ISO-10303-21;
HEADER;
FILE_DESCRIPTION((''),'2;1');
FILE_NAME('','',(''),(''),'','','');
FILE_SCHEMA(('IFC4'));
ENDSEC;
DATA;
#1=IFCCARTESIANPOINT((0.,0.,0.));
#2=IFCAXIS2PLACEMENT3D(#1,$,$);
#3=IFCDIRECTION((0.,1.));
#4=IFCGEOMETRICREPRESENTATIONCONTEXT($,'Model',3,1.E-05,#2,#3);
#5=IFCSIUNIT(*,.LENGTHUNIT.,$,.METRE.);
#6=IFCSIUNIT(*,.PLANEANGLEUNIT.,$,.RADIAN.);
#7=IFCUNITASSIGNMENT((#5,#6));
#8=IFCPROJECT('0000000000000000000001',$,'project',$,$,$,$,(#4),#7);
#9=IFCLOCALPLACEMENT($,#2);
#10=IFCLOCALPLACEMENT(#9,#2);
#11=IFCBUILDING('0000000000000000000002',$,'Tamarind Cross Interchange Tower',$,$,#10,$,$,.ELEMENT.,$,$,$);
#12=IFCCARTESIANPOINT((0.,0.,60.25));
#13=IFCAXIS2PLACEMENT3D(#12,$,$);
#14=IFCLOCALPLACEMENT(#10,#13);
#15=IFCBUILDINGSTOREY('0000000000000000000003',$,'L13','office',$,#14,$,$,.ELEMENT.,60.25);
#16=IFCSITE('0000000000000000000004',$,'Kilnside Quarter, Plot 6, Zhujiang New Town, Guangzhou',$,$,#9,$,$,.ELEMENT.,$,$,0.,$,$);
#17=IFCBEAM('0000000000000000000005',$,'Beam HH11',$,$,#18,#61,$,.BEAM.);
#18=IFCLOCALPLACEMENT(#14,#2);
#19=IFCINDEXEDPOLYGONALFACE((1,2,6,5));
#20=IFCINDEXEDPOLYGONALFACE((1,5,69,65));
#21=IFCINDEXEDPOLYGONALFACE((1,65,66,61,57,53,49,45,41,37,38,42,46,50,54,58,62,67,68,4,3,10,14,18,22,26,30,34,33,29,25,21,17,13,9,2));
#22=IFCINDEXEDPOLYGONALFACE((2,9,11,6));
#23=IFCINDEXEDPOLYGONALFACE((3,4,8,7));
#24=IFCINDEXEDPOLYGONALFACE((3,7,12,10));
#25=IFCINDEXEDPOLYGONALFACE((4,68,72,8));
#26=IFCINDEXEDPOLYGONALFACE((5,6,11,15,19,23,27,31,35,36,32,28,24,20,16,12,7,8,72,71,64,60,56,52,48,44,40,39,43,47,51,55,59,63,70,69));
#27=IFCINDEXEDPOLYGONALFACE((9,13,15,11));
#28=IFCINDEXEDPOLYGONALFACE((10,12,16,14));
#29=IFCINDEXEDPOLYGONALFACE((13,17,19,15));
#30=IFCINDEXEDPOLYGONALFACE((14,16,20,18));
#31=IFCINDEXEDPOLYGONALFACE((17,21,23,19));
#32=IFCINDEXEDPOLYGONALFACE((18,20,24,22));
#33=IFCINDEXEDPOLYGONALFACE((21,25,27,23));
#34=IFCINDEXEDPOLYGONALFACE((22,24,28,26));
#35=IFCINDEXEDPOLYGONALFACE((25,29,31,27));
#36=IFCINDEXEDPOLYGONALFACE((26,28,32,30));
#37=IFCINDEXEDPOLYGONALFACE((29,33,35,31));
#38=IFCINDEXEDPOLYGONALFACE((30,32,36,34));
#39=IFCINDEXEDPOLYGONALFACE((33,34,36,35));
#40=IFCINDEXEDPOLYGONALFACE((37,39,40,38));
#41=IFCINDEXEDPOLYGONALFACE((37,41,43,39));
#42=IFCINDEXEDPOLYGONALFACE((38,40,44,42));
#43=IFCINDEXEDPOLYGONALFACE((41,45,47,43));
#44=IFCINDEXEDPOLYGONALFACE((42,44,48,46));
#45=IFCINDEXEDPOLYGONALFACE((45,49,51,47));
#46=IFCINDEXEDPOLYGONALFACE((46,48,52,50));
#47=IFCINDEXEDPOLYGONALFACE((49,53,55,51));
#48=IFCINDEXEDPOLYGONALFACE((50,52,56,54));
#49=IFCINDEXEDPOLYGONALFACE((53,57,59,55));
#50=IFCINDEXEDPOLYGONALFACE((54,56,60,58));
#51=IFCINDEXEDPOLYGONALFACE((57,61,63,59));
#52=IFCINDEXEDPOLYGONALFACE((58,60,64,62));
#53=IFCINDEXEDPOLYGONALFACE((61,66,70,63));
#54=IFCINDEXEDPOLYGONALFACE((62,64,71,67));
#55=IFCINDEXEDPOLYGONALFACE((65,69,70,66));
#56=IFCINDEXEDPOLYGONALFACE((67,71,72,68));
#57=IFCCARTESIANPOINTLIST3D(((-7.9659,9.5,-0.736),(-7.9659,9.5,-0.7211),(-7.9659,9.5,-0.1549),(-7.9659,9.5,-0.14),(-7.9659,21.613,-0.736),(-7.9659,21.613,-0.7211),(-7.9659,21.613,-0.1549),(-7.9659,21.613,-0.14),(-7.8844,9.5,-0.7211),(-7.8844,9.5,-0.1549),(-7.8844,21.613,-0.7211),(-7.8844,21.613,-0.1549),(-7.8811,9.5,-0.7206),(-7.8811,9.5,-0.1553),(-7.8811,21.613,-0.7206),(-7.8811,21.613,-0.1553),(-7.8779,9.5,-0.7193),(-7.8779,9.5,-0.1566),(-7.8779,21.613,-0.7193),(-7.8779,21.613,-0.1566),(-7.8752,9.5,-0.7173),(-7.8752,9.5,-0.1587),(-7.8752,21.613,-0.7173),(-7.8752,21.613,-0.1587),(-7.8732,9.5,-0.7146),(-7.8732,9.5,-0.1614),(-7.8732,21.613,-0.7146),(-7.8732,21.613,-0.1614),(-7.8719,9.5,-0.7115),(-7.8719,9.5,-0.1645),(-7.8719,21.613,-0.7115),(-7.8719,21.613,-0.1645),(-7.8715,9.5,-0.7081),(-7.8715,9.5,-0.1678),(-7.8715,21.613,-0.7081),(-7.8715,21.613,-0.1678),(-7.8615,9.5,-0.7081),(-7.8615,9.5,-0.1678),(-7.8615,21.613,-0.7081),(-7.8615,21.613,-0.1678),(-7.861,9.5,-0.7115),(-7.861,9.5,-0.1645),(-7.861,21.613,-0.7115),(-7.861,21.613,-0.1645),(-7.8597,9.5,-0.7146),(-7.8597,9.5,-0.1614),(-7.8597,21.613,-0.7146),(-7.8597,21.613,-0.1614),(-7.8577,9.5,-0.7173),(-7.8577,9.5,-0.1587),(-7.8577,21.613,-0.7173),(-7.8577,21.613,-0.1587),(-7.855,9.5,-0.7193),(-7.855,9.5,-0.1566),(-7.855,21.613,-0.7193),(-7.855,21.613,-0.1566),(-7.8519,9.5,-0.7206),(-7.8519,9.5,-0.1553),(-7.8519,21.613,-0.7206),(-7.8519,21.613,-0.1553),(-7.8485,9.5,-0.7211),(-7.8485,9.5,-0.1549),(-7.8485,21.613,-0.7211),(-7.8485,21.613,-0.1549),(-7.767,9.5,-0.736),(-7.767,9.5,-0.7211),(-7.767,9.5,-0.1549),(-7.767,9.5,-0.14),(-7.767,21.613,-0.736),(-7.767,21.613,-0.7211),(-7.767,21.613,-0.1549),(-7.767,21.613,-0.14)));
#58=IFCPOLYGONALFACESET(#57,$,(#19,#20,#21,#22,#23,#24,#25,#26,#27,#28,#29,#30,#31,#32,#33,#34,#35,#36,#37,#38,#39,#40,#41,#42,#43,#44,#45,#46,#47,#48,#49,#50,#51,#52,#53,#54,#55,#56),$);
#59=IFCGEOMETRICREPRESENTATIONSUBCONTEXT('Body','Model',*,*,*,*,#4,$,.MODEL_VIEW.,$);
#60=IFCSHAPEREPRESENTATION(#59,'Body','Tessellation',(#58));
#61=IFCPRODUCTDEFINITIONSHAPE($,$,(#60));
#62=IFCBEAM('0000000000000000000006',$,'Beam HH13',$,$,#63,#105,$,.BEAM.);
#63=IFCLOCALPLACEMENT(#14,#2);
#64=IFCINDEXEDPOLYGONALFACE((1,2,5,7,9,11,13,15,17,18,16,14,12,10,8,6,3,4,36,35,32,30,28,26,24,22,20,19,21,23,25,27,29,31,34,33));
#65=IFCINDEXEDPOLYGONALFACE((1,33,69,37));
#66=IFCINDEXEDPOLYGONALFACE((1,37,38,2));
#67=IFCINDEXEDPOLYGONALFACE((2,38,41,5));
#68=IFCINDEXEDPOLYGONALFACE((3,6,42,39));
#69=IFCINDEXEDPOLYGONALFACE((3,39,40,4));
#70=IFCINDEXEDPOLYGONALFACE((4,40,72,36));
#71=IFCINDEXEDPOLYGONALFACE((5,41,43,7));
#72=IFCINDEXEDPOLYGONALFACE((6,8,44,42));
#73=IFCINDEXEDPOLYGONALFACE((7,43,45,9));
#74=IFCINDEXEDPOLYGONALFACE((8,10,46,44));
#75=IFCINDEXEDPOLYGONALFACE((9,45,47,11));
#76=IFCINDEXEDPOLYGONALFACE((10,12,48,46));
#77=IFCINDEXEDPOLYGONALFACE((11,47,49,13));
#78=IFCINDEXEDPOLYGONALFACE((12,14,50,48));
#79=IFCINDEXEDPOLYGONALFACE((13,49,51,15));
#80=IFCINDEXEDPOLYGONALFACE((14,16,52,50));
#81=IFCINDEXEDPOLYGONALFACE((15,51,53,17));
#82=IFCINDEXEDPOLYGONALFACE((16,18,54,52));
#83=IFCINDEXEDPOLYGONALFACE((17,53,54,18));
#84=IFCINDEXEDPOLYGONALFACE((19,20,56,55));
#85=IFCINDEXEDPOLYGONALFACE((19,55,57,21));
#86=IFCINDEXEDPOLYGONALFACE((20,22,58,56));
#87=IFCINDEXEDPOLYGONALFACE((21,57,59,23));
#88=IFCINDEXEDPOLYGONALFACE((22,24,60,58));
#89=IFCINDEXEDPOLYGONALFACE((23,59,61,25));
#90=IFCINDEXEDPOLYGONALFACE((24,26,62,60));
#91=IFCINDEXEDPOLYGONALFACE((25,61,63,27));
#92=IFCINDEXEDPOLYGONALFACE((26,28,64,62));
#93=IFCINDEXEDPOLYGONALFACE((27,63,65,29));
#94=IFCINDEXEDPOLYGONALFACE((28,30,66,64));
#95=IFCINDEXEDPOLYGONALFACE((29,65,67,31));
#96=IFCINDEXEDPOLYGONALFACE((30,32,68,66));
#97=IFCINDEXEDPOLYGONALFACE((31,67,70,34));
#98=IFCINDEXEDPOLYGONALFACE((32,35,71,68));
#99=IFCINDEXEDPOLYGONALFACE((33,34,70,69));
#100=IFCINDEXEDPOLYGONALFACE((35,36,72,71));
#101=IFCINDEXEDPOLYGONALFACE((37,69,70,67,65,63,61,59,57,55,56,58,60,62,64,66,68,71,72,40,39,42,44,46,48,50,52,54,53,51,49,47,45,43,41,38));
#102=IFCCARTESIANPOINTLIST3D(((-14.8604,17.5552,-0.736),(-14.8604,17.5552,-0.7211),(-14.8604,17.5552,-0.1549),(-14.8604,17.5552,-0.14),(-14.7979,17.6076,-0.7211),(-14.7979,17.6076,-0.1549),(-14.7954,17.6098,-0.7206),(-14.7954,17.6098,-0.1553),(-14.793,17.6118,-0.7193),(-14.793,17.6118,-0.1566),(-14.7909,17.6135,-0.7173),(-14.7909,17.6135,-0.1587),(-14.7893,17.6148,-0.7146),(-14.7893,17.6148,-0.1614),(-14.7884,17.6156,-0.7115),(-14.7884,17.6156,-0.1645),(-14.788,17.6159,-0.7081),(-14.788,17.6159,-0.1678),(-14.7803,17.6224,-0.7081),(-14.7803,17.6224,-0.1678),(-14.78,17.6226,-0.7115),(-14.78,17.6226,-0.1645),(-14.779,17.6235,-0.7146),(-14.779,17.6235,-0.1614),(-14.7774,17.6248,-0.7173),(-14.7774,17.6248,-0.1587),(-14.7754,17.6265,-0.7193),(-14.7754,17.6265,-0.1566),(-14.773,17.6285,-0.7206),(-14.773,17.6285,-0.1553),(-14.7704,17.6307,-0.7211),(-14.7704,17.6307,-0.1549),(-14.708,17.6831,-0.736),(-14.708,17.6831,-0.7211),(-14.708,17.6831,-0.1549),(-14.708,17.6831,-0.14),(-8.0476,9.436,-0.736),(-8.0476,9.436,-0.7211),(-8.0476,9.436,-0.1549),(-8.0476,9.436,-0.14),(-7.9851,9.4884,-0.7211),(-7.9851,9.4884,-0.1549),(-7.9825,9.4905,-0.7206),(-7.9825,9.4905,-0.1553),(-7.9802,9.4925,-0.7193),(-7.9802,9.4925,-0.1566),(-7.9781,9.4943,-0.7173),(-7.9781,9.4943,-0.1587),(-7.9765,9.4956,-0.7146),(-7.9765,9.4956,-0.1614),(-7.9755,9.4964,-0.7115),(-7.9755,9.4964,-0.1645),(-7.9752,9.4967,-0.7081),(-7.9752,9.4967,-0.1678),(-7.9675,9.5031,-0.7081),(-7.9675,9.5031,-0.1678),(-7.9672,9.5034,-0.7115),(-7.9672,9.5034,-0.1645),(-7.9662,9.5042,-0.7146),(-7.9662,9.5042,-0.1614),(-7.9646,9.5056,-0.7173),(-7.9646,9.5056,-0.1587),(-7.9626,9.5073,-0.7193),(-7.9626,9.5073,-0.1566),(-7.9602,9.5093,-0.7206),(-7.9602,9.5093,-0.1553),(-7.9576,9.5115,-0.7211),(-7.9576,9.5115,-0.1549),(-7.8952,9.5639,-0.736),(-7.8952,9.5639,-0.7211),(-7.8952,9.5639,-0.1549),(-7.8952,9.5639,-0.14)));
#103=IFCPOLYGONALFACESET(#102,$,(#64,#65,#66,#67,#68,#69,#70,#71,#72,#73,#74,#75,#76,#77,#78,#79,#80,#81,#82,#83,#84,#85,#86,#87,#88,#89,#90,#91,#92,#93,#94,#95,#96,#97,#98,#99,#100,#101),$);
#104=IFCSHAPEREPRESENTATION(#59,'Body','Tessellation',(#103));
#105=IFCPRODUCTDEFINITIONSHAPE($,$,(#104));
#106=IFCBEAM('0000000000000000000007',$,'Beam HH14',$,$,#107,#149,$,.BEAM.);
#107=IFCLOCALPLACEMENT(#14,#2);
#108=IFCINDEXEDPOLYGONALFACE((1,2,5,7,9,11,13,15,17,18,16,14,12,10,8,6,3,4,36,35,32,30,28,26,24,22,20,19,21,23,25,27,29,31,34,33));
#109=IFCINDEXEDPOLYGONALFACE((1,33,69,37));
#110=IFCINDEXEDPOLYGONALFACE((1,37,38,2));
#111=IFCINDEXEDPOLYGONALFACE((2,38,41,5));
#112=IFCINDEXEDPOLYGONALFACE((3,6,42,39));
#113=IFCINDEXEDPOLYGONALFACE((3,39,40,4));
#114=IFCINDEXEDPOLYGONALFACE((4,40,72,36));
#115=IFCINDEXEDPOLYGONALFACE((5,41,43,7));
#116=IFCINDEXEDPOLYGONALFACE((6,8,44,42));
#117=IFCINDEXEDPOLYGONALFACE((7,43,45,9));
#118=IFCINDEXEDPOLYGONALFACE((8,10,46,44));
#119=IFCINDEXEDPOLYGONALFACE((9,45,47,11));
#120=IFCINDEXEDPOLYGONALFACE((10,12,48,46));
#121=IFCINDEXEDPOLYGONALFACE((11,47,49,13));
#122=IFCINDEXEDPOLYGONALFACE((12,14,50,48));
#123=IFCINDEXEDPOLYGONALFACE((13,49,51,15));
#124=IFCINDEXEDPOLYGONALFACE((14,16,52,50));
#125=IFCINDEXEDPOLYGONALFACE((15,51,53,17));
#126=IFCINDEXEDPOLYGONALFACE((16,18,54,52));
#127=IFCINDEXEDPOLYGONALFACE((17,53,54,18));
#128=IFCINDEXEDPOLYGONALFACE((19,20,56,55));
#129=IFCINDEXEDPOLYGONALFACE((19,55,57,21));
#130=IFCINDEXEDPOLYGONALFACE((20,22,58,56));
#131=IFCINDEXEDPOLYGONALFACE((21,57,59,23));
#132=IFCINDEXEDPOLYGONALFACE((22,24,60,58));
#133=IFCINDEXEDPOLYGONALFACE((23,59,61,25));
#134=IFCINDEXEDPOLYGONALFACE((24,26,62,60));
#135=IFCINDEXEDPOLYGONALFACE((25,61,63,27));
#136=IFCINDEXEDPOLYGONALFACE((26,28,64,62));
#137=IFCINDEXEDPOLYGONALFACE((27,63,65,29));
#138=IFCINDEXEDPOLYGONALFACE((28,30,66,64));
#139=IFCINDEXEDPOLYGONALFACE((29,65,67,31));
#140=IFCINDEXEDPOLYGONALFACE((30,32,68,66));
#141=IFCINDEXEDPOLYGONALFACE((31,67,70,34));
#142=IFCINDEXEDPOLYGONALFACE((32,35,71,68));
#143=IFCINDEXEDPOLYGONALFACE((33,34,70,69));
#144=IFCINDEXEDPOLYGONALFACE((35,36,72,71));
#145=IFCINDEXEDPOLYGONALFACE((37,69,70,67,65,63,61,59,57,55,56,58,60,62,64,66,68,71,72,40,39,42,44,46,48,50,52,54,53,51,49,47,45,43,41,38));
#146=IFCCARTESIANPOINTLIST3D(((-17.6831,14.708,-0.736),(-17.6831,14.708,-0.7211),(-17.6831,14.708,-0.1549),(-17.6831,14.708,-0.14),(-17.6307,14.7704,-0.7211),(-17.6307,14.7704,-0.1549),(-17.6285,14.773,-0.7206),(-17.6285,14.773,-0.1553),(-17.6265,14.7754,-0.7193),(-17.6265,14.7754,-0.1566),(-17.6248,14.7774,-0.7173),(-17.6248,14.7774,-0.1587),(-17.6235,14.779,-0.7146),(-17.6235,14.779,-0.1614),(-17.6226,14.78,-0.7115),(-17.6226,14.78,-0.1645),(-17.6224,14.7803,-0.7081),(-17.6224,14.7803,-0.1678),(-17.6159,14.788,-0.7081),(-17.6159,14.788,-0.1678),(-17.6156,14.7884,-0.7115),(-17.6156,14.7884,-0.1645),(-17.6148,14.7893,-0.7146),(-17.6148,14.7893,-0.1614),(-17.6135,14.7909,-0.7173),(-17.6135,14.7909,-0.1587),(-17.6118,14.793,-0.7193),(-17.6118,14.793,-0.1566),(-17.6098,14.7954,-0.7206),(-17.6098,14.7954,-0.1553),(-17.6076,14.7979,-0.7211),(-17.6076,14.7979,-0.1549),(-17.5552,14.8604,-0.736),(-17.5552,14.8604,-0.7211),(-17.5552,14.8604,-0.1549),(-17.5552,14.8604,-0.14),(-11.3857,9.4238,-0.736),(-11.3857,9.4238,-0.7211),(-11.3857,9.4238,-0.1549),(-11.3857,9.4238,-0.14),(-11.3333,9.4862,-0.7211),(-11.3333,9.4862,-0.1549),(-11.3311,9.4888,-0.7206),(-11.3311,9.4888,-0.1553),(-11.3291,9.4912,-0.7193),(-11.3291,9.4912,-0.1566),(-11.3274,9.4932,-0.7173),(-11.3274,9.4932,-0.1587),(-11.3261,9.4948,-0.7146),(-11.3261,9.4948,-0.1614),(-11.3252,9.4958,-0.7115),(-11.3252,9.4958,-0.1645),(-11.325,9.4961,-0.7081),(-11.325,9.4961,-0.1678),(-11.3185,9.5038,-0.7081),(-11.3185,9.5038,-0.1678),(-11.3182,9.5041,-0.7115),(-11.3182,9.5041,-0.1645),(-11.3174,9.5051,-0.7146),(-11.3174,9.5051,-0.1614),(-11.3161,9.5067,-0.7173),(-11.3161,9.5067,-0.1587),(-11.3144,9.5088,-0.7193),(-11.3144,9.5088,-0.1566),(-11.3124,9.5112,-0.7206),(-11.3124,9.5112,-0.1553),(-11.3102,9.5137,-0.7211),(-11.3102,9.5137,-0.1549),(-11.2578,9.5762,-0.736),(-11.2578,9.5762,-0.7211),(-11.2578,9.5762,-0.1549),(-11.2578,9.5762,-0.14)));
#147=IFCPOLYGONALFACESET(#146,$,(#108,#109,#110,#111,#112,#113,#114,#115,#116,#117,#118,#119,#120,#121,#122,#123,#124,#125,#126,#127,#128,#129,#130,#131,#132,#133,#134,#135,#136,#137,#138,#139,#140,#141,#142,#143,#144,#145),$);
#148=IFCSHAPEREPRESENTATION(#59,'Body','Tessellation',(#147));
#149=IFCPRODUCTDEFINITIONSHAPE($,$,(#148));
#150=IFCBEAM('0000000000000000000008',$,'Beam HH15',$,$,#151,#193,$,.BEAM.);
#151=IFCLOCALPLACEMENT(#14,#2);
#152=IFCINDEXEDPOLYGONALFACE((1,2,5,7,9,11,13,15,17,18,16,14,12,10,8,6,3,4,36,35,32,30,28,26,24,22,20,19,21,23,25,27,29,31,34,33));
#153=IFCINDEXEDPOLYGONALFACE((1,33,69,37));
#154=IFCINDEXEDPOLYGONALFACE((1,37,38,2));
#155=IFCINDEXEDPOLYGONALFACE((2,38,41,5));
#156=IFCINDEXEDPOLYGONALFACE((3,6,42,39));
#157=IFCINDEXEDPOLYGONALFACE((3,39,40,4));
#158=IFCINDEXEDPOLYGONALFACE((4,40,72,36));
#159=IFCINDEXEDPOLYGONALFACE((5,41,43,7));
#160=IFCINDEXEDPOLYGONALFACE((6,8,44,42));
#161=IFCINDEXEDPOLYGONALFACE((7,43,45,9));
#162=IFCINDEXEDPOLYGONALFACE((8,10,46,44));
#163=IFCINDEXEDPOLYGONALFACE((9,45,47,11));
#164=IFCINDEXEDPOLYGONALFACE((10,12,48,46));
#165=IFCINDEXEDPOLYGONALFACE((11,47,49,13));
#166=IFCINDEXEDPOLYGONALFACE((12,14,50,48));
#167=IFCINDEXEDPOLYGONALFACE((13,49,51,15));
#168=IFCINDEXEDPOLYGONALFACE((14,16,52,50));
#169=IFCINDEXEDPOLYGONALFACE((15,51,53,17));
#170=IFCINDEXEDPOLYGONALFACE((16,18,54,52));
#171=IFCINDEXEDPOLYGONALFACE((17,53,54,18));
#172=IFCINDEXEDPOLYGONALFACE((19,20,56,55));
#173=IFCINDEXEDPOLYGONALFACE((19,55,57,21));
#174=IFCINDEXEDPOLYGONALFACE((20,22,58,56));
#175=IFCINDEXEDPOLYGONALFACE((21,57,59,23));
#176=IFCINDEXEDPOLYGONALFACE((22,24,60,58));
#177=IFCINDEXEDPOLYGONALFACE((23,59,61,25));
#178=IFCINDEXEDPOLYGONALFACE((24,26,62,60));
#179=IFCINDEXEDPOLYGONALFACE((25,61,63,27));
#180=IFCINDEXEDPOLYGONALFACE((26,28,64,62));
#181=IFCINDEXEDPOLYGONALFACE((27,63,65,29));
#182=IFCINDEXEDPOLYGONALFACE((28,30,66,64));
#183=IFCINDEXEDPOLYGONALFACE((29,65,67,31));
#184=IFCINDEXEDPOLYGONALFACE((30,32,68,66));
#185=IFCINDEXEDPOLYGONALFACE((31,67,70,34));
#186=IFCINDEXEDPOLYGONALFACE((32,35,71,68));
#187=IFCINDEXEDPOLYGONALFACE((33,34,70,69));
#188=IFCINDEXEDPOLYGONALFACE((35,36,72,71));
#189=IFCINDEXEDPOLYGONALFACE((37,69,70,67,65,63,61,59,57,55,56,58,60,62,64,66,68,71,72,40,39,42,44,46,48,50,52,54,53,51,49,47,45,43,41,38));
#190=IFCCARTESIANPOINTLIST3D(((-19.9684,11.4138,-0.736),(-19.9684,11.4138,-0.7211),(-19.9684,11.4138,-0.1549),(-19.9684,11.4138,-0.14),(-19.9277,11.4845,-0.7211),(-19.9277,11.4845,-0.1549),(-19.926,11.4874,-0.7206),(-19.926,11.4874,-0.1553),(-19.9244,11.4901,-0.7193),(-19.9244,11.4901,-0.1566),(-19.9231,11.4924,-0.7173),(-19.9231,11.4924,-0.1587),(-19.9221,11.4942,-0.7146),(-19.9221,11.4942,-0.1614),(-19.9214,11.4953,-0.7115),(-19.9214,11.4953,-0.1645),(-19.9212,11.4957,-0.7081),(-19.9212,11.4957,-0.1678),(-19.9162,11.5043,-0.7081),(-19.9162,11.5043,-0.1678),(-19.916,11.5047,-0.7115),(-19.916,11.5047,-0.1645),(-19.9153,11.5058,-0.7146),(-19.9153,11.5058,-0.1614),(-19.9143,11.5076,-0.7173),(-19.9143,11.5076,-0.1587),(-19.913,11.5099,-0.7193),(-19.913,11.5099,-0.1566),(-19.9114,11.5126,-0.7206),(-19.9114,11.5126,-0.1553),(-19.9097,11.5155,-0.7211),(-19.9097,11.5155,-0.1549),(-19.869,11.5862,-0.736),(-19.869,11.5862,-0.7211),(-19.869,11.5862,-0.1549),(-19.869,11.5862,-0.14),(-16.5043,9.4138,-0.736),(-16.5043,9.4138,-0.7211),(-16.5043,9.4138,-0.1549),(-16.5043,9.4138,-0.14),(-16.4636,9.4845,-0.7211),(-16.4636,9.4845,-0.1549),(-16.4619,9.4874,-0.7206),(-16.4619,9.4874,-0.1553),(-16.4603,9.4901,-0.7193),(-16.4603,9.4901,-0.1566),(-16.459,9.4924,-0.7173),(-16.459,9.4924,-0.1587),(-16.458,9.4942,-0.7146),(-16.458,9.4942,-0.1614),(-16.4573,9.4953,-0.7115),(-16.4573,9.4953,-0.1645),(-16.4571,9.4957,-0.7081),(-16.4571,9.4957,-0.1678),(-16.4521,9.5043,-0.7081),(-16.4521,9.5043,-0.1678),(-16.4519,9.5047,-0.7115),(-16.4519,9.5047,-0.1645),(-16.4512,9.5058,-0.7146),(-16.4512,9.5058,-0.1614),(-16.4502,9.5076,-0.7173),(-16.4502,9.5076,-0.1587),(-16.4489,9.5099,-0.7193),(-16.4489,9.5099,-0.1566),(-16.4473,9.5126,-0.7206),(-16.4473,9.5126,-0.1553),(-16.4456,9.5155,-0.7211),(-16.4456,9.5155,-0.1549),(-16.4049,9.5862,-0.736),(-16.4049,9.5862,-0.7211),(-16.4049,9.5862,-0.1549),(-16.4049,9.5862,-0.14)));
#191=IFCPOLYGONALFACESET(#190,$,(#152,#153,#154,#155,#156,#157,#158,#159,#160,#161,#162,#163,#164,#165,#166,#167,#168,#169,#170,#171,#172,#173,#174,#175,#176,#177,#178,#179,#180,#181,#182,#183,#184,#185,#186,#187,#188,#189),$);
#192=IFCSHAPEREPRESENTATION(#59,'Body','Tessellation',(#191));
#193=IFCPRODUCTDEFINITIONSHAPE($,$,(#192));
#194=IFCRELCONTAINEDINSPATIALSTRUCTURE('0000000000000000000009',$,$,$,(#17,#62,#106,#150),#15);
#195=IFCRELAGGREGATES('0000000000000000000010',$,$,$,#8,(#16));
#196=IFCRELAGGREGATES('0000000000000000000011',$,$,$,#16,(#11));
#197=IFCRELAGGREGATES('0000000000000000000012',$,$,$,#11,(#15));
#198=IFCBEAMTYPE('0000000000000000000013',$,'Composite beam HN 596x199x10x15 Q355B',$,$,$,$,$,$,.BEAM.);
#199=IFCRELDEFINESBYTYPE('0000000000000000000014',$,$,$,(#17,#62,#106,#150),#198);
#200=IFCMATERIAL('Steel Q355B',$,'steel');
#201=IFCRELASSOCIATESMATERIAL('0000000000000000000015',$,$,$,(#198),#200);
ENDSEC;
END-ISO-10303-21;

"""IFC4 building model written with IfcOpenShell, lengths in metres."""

from ifc_helpers import new_model, si_unit, direction, frame, origin, origin_2d, place, context, subcontext, project, spatial, i_section, extrude, material, material_profile, profile_set, type_object, element, save


model = new_model("IFC4")

# Units and contexts
model_context = context("Model", 3, precision=1e-05, world=origin(), true_north=direction((0.0, 1.0)))
body_context = subcontext(model_context, "Body", "Model", "MODEL_VIEW")
ifc_project = project(units=[si_unit("LENGTHUNIT", "METRE"), si_unit("PLANEANGLEUNIT", "RADIAN")], contexts=[model_context])

# Site, building, storey
site_placement = place(None, origin())
site = spatial("IfcSite", under=ifc_project, at=site_placement, Name="Kilnside Quarter, Plot 6, Zhujiang New Town, Guangzhou", CompositionType="ELEMENT", RefElevation=0.0)
building_placement = place(site_placement, origin())
building = spatial("IfcBuilding", under=site, at=building_placement, Name="Tamarind Cross Interchange Tower", CompositionType="ELEMENT")
storey_placement = place(building_placement, frame((0.0, 0.0, 60.25)))
storey = spatial("IfcBuildingStorey", under=building, at=storey_placement, Name="L13", Description="office", CompositionType="ELEMENT", Elevation=60.25)

# Beams
ifc_material_1 = material(Name="Steel Q355B", Category="steel")
ifc_material_profile_1 = material_profile(ifc_material_1, i_section(OverallWidth=0.199, OverallDepth=0.5959, WebThickness=0.01, FlangeThickness=0.0149, FilletRadius=0.0129, at=origin_2d()), Name="HN 596x199x10x15")
ifc_profile_set_1 = profile_set([ifc_material_profile_1], Name="Steel Q355B")
beam_type_1 = type_object("IfcBeamType", Name="Composite beam HN 596x199x10x15 Q355B", PredefinedType="BEAM", material=ifc_profile_set_1)
beam_1_placement = place(storey_placement, frame((-7.8665, 21.613, -0.438), z_axis=(0.0, -1.0, 0.0), x_axis=(1.0, 0.0, 0.0)))
element("IfcBeam", 1, at=beam_1_placement, inside=storey, type_object=beam_type_1, Name="Beam HH11", PredefinedType="BEAM", context=body_context, shape_type="SweptSolid", body=[
    extrude(i_section(OverallWidth=0.199, OverallDepth=0.5959, WebThickness=0.01, FlangeThickness=0.0149, FilletRadius=0.0129, at=origin_2d()), origin(), (0.0, 0.0, 1.0), 12.113),
])
beam_2_placement = place(storey_placement, frame((-14.7842, 17.6191, -0.438), z_axis=(0.642786, -0.766046, 0.0), x_axis=(0.766046, 0.642786, 0.0)))
element("IfcBeam", 2, at=beam_2_placement, inside=storey, type_object=beam_type_1, Name="Beam HH13", PredefinedType="BEAM", context=body_context, shape_type="SweptSolid", body=[
    extrude(i_section(OverallWidth=0.199, OverallDepth=0.5959, WebThickness=0.01, FlangeThickness=0.0149, FilletRadius=0.0129, at=origin_2d()), origin(), (0.0, 0.0, 1.0), 10.5989),
])
beam_3_placement = place(storey_placement, frame((-17.6191, 14.7842, -0.438), z_axis=(0.766041, -0.642792, 0.0), x_axis=(0.642792, 0.766041, 0.0)))
element("IfcBeam", 3, at=beam_3_placement, inside=storey, type_object=beam_type_1, Name="Beam HH14", PredefinedType="BEAM", context=body_context, shape_type="SweptSolid", body=[
    extrude(i_section(OverallWidth=0.199, OverallDepth=0.5959, WebThickness=0.01, FlangeThickness=0.0149, FilletRadius=0.0129, at=origin_2d()), origin(), (0.0, 0.0, 1.0), 8.2207),
])
beam_4_placement = place(storey_placement, frame((-19.9187, 11.5, -0.438), z_axis=(0.866026, -0.499999, 0.0), x_axis=(0.499999, 0.866026, 0.0)))
element("IfcBeam", 4, at=beam_4_placement, inside=storey, type_object=beam_type_1, Name="Beam HH15", PredefinedType="BEAM", context=body_context, shape_type="SweptSolid", body=[
    extrude(i_section(OverallWidth=0.199, OverallDepth=0.5959, WebThickness=0.01, FlangeThickness=0.0149, FilletRadius=0.0129, at=origin_2d()), origin(), (0.0, 0.0, 1.0), 4.0),
])

save(model, "model.ifc")
